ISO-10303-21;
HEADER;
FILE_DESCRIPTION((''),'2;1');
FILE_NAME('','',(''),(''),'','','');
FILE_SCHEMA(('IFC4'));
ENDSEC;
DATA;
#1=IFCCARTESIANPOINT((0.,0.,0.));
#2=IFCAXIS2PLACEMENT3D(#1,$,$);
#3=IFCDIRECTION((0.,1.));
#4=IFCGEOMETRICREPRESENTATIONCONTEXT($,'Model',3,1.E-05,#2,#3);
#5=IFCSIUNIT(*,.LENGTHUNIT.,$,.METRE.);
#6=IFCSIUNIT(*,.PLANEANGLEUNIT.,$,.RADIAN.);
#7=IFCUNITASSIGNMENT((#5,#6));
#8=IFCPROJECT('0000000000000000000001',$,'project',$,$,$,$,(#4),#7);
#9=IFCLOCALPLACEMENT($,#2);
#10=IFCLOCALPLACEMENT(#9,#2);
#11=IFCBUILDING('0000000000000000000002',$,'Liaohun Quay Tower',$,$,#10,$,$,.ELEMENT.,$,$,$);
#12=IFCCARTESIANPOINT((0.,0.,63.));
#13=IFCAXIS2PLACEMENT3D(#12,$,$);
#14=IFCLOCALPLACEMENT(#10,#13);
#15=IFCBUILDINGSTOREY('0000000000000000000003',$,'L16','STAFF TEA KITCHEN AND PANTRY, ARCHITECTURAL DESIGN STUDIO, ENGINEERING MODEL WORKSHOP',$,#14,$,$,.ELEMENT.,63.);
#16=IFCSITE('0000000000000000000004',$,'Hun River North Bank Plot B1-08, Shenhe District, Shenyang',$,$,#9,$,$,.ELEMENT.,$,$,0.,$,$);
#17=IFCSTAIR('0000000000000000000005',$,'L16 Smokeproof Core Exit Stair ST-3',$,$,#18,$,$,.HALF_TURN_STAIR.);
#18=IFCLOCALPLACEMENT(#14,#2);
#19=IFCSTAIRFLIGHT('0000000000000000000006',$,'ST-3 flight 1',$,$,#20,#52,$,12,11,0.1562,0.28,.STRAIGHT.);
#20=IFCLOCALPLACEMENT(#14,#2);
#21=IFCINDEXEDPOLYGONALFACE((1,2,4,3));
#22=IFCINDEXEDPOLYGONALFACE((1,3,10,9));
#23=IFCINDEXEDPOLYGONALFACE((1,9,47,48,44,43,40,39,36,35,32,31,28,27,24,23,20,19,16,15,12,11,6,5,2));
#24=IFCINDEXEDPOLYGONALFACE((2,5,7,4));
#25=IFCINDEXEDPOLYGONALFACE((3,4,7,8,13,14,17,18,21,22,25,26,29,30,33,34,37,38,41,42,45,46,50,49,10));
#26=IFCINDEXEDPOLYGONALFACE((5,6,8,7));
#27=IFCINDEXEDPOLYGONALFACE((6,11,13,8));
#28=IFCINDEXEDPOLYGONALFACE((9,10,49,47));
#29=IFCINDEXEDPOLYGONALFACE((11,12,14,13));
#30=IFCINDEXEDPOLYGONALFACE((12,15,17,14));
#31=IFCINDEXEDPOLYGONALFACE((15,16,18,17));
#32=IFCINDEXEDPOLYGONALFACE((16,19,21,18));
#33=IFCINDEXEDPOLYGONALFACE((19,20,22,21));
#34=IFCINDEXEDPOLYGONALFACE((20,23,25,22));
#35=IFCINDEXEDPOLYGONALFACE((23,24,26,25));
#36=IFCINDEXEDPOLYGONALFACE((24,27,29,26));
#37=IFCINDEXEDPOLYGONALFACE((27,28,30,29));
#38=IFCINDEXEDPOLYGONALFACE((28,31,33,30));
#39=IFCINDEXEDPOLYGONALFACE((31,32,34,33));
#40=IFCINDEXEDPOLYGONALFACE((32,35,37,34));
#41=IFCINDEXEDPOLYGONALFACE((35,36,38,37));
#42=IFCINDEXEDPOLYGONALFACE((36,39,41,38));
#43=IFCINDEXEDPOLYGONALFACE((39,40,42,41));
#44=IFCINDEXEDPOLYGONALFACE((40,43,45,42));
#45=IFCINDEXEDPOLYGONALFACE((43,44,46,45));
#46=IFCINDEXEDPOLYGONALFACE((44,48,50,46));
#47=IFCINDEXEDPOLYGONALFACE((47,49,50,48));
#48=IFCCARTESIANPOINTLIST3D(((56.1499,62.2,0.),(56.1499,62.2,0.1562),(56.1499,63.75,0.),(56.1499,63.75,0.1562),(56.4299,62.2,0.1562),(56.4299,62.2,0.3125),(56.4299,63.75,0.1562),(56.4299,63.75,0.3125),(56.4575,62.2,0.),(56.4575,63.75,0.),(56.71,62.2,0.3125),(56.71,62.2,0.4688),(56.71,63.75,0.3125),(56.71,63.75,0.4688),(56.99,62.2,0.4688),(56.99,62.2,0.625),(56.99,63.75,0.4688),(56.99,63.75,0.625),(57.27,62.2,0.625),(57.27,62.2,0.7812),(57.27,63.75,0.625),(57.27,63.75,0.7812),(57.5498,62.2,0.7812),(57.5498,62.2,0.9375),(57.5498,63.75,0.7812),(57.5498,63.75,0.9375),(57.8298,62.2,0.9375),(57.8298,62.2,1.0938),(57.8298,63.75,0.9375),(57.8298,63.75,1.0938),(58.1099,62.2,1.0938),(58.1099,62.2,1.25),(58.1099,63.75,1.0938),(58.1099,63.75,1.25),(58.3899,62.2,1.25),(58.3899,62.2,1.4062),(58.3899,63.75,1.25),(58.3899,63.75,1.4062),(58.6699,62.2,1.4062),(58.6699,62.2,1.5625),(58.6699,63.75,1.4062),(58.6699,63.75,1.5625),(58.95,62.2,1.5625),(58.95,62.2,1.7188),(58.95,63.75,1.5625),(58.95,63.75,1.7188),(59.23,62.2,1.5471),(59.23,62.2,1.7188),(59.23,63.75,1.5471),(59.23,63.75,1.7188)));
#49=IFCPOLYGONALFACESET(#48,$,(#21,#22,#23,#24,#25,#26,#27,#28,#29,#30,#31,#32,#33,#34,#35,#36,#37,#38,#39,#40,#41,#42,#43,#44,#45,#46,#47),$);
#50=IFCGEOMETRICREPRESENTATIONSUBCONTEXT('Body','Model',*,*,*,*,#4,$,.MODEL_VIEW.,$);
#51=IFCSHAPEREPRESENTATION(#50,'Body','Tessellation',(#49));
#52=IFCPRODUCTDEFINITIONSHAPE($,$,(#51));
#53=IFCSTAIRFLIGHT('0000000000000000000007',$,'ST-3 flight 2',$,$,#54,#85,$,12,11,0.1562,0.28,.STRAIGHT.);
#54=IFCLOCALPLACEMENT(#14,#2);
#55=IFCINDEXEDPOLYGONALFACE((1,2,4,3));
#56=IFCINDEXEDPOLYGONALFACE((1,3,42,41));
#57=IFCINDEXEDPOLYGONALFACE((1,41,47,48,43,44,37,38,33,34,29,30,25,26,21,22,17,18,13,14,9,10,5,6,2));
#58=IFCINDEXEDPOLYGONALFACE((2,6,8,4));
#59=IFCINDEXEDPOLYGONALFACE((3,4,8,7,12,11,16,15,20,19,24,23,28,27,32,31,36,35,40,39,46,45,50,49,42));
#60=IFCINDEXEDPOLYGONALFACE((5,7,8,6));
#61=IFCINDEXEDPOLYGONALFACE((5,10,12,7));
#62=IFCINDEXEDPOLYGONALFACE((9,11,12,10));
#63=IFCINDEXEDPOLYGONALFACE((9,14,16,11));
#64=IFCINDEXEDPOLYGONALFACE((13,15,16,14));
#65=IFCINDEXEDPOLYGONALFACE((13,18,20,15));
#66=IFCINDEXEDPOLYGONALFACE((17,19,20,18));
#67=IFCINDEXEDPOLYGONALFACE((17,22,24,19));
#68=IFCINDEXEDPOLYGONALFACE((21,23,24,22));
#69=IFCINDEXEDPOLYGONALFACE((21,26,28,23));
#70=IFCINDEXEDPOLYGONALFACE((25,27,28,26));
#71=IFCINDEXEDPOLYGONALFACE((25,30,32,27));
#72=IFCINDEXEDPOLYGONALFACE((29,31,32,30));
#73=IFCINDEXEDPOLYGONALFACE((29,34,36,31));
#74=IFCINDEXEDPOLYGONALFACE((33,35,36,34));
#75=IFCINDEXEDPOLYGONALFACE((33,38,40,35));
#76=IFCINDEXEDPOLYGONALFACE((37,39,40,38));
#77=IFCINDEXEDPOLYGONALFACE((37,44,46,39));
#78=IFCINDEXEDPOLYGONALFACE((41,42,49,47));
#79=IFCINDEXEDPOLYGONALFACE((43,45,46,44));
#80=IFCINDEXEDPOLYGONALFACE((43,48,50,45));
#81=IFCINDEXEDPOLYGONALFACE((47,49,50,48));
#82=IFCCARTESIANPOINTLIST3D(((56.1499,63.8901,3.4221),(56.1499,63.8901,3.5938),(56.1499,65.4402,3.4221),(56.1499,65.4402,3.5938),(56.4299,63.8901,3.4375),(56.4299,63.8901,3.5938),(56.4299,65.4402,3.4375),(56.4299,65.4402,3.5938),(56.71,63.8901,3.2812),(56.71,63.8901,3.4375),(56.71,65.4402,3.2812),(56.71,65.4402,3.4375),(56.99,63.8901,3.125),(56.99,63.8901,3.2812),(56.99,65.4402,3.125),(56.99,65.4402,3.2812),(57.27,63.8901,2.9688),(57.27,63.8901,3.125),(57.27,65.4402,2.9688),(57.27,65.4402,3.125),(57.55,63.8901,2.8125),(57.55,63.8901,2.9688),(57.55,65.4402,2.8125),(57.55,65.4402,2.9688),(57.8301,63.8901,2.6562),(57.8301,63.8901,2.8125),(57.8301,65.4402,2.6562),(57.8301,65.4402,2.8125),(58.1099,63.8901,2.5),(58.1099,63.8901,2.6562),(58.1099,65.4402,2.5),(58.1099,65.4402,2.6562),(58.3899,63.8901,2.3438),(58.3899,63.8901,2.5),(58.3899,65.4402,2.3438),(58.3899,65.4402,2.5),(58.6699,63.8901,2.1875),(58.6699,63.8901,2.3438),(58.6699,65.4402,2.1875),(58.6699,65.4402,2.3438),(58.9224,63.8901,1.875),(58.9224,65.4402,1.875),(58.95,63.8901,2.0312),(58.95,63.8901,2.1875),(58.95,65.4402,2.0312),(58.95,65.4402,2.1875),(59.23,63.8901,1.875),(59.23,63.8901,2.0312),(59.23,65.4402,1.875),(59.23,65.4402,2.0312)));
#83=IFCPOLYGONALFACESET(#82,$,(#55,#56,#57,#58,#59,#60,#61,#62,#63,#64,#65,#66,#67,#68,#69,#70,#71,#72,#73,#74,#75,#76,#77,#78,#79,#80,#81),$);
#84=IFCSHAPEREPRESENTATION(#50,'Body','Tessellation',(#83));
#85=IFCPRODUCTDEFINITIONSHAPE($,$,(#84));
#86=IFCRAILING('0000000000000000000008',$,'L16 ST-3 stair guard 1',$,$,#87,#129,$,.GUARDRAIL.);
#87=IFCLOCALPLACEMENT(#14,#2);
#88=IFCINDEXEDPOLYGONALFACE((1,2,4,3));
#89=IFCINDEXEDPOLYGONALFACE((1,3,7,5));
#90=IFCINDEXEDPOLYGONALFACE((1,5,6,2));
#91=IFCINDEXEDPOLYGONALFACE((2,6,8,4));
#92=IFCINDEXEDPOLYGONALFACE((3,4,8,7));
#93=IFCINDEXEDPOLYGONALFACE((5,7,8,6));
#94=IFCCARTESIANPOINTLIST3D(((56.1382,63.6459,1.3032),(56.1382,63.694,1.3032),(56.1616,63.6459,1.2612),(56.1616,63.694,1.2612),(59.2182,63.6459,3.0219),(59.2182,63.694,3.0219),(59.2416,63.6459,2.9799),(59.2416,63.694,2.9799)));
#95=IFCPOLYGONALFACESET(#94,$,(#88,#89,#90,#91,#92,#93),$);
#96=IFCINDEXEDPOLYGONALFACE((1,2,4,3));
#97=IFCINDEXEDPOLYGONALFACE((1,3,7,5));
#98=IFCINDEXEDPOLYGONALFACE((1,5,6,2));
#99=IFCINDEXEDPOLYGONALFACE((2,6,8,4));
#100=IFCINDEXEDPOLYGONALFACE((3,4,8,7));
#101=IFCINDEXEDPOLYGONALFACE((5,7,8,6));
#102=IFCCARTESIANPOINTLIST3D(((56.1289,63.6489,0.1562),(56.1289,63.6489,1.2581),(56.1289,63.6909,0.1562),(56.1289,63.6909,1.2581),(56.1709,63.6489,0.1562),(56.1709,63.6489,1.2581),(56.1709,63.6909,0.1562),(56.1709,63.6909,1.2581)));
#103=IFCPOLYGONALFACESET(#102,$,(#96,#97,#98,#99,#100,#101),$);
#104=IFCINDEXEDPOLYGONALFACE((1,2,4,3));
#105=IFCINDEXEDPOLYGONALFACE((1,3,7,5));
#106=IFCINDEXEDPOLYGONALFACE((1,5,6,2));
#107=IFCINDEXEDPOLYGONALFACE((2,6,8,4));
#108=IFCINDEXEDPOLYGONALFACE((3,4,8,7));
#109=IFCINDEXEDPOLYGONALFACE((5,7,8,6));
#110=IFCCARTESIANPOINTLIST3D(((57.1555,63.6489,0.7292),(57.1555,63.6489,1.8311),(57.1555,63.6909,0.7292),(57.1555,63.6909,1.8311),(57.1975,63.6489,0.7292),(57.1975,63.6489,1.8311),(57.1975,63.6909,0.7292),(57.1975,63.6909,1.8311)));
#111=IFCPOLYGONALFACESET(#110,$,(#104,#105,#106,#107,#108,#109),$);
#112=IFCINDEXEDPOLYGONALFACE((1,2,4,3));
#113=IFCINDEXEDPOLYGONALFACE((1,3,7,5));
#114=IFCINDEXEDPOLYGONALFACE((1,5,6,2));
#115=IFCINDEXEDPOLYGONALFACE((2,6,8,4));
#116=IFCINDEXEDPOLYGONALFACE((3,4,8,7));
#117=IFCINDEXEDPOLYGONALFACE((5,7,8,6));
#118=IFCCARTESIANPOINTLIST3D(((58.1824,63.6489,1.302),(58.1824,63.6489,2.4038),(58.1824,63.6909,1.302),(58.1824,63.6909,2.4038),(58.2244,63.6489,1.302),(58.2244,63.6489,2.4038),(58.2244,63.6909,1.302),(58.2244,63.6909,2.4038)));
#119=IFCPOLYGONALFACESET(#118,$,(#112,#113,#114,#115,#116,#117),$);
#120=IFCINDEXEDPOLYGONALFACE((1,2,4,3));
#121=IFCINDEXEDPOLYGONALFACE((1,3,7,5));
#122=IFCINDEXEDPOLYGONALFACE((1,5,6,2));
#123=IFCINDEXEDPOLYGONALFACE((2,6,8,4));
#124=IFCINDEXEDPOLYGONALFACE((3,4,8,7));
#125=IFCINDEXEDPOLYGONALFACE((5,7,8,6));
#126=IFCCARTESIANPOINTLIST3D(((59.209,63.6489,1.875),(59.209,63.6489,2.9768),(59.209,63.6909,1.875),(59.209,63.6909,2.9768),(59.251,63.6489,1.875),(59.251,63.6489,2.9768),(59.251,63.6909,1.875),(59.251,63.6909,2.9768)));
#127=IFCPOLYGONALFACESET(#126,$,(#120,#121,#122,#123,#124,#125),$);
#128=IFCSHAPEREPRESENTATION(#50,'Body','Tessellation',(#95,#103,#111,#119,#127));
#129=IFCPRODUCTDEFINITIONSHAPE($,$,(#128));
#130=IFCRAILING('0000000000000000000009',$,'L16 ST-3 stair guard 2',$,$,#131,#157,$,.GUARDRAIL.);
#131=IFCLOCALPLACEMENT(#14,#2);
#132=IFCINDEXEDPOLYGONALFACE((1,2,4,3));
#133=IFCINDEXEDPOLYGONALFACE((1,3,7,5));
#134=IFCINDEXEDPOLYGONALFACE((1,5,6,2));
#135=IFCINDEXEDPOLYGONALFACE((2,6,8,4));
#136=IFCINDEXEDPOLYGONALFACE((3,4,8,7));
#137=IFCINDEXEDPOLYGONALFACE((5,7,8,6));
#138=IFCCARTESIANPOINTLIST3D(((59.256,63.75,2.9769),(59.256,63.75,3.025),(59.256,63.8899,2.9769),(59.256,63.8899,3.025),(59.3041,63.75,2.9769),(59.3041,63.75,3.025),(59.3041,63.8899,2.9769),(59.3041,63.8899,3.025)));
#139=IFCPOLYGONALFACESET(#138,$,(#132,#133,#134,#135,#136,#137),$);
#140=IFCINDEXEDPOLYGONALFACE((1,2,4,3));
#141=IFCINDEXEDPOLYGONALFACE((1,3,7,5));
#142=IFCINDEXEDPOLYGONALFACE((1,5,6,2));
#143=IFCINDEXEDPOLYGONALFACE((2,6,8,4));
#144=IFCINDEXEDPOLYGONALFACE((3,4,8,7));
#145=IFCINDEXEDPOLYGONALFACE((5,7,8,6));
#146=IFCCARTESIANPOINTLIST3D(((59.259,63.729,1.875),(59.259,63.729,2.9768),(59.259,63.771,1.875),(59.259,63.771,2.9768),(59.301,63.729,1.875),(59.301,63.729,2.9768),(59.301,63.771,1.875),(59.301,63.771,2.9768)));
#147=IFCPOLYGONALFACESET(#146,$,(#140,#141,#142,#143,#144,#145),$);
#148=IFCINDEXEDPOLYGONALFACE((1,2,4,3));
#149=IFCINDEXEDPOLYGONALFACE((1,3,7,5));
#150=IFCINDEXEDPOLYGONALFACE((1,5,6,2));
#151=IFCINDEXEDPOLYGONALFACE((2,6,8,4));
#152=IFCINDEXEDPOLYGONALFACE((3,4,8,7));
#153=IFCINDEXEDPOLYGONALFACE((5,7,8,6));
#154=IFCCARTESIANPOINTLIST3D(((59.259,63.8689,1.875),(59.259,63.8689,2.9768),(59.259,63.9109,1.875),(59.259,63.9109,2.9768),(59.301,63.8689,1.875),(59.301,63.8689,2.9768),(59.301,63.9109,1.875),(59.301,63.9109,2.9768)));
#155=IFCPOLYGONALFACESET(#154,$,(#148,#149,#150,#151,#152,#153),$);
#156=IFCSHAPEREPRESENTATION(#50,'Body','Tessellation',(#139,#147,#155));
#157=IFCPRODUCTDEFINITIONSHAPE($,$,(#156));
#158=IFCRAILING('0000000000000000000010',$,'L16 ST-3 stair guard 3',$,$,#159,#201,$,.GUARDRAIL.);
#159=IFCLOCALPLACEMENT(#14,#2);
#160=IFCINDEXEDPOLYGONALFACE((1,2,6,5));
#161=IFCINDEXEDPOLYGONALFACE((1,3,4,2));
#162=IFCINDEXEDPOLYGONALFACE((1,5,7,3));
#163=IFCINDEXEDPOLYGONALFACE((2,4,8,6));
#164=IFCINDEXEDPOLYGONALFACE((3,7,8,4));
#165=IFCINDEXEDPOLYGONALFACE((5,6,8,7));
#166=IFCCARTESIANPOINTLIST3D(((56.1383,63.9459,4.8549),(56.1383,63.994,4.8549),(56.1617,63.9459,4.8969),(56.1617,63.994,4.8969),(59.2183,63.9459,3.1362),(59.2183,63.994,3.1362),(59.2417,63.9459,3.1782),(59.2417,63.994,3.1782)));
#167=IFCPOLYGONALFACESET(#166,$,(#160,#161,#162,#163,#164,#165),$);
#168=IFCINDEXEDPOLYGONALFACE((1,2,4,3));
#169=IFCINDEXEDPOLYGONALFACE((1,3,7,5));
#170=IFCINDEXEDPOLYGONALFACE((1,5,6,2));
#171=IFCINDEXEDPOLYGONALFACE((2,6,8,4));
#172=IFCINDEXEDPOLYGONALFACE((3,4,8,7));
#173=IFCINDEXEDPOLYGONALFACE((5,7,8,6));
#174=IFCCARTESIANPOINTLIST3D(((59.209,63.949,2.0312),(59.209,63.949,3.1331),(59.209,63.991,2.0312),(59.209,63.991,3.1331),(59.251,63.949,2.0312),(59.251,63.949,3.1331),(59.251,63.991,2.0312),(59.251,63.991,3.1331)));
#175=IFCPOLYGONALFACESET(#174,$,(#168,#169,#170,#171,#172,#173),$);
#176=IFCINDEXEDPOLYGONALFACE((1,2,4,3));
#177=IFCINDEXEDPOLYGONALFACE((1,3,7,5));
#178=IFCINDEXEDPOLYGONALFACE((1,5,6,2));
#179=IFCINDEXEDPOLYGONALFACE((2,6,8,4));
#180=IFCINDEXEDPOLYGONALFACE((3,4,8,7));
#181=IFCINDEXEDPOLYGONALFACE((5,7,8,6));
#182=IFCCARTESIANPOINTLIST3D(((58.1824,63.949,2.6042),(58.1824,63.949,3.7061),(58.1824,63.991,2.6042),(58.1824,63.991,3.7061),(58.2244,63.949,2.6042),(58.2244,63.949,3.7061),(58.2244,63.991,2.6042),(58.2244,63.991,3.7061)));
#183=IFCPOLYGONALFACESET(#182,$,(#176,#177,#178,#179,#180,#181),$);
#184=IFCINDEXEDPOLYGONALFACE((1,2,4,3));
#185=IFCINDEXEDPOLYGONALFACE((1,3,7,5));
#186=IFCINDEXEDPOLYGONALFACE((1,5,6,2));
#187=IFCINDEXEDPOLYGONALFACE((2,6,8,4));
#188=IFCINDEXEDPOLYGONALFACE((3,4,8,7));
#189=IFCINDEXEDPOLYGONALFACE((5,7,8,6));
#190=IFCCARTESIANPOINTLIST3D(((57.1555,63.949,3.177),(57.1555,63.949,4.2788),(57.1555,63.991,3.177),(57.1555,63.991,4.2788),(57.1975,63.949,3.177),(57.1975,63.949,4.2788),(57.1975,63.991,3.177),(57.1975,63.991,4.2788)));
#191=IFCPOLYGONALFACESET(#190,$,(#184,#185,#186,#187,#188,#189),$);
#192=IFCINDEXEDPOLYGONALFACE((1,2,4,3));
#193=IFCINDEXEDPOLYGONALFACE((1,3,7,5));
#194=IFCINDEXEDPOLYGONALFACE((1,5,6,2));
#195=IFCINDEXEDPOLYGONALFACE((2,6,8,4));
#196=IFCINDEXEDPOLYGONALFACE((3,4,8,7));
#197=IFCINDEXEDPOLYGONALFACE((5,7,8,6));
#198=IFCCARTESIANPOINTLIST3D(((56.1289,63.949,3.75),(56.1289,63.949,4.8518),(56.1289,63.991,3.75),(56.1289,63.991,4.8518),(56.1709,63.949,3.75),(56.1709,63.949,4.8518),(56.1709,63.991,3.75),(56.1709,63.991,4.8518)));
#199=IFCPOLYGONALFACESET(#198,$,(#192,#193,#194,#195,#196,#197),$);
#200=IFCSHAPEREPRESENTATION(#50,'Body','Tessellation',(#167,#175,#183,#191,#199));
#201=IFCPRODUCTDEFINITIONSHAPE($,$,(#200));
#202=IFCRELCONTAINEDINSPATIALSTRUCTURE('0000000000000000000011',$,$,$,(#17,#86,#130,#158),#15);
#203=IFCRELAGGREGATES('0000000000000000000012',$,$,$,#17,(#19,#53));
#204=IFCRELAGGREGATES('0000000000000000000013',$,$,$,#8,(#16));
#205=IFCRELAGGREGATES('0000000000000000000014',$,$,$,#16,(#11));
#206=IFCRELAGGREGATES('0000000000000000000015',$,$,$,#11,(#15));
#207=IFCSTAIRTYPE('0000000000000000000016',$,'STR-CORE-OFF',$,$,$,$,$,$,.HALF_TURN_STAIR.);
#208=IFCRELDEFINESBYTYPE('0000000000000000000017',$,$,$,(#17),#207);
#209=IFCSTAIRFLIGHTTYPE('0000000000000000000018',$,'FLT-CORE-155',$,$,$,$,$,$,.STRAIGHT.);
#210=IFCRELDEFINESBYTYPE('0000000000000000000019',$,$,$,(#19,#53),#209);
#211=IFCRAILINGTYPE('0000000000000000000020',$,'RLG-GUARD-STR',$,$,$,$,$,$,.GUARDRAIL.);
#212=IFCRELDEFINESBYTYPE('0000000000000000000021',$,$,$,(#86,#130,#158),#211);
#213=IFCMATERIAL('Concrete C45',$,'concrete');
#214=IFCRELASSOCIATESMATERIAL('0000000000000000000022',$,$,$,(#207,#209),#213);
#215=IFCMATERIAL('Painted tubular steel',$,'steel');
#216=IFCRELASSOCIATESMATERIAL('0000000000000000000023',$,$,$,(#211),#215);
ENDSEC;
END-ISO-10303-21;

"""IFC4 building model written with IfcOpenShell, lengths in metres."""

from ifc_helpers import new_model, si_unit, direction, frame, origin, origin_2d, place, context, subcontext, project, spatial, polyline, rectangle, outline, extrude, material, type_object, element, aggregate, save


model = new_model("IFC4")

# Units and contexts
model_context = context("Model", 3, precision=1e-05, world=origin(), true_north=direction((0.0, 1.0)))
body_context = subcontext(model_context, "Body", "Model", "MODEL_VIEW")
ifc_project = project(units=[si_unit("LENGTHUNIT", "METRE"), si_unit("PLANEANGLEUNIT", "RADIAN")], contexts=[model_context])

# Site, building, storey
site_placement = place(None, origin())
site = spatial("IfcSite", under=ifc_project, at=site_placement, Name="Hun River North Bank Plot B1-08, Shenhe District, Shenyang", CompositionType="ELEMENT", RefElevation=0.0)
building_placement = place(site_placement, origin())
building = spatial("IfcBuilding", under=site, at=building_placement, Name="Liaohun Quay Tower", CompositionType="ELEMENT")
storey_placement = place(building_placement, frame((0.0, 0.0, 63.0)))
storey = spatial("IfcBuildingStorey", under=building, at=storey_placement, Name="L16", Description="STAFF TEA KITCHEN AND PANTRY, ARCHITECTURAL DESIGN STUDIO, ENGINEERING MODEL WORKSHOP", CompositionType="ELEMENT", Elevation=63.0)

# Stair, stair flights
ifc_material_1 = material(Name="Concrete C45", Category="concrete")
stair_type = type_object("IfcStairType", Name="STR-CORE-OFF", PredefinedType="HALF_TURN_STAIR", material=ifc_material_1)
stair_placement = place(storey_placement, origin())
stair = element("IfcStair", 1, at=stair_placement, inside=storey, type_object=stair_type, Name="L16 Smokeproof Core Exit Stair ST-3", PredefinedType="HALF_TURN_STAIR")
stair_flight_type = type_object("IfcStairFlightType", Name="FLT-CORE-155", PredefinedType="STRAIGHT", material=ifc_material_1)
stair_flight_1_placement = place(storey_placement, frame((56.1499, 62.9751, 0.0), z_axis=(0.0, 0.0, 1.0), x_axis=(1.0, 0.0, 0.0)))
stair_flight_1 = element("IfcStairFlight", 2, at=stair_flight_1_placement, type_object=stair_flight_type, Name="ST-3 flight 1", NumberOfRisers=12, NumberOfTreads=11, PredefinedType="STRAIGHT", RiserHeight=0.1562, TreadLength=0.28, context=body_context, shape_type="SweptSolid", body=[
    extrude(outline(polyline([(0.0, 0.0), (0.0, 0.1562), (0.28, 0.1562), (0.28, 0.3125), (0.5601, 0.3125), (0.5601, 0.4688), (0.8401, 0.4688), (0.8401, 0.625), (1.1201, 0.625), (1.1201, 0.7812), (1.3999, 0.7812), (1.3999, 0.9375), (1.6799, 0.9375), (1.6799, 1.0938), (1.96, 1.0938), (1.96, 1.25), (2.24, 1.25), (2.24, 1.4062), (2.52, 1.4062), (2.52, 1.5625), (2.8, 1.5625), (2.8, 1.7188), (3.0801, 1.7188), (3.0801, 1.875), (3.0801, 1.5471), (0.3076, 0.0), (0.0, 0.0)])), frame((0.0, 0.7749, 0.0), z_axis=(0.0, -1.0, 0.0), x_axis=(1.0, 0.0, 0.0)), (0.0, 0.0, 1.0), 1.55),
])
stair_flight_2_placement = place(storey_placement, frame((59.23, 64.665, 1.875), z_axis=(0.0, 0.0, 1.0), x_axis=(-1.0, 0.0, 0.0)))
stair_flight_2 = element("IfcStairFlight", 3, at=stair_flight_2_placement, type_object=stair_flight_type, Name="ST-3 flight 2", NumberOfRisers=12, NumberOfTreads=11, PredefinedType="STRAIGHT", RiserHeight=0.1562, TreadLength=0.28, context=body_context, shape_type="SweptSolid", body=[
    extrude(outline(polyline([(0.0, 0.0), (0.0, 0.1562), (0.28, 0.1562), (0.28, 0.3125), (0.5601, 0.3125), (0.5601, 0.4688), (0.8401, 0.4688), (0.8401, 0.625), (1.1201, 0.625), (1.1201, 0.7812), (1.3999, 0.7812), (1.3999, 0.9375), (1.6799, 0.9375), (1.6799, 1.0938), (1.96, 1.0938), (1.96, 1.25), (2.24, 1.25), (2.24, 1.4062), (2.52, 1.4062), (2.52, 1.5625), (2.8, 1.5625), (2.8, 1.7188), (3.0801, 1.7188), (3.0801, 1.875), (3.0801, 1.5471), (0.3076, 0.0), (0.0, 0.0)])), frame((0.0, 0.7749, 0.0), z_axis=(0.0, -1.0, 0.0), x_axis=(1.0, 0.0, 0.0)), (0.0, 0.0, 1.0), 1.55),
])
aggregate(stair, [stair_flight_1, stair_flight_2])

# Railings
ifc_material_2 = material(Name="Painted tubular steel", Category="steel")
railing_type_1 = type_object("IfcRailingType", Name="RLG-GUARD-STR", PredefinedType="GUARDRAIL", material=ifc_material_2)
railing_1_placement = place(storey_placement, frame((56.1499, 63.6699, 0.1562)))
element("IfcRailing", 4, at=railing_1_placement, inside=storey, type_object=railing_type_1, Name="L16 ST-3 stair guard 1", PredefinedType="GUARDRAIL", context=body_context, shape_type="SweptSolid", body=[
    extrude(rectangle(XDim=0.0481, YDim=0.0481, at=origin_2d()), frame((0.0, 0.0, 1.126), z_axis=(0.873242, 0.0, 0.487288), x_axis=(0.0, 1.0, 0.0)), (0.0, 0.0, 1.0), 3.5271),
    extrude(rectangle(XDim=0.042, YDim=0.042, at=origin_2d()), origin(), (0.0, 0.0, 1.0), 1.1018),
    extrude(rectangle(XDim=0.042, YDim=0.042, at=origin_2d()), frame((1.0266, 0.0, 0.573)), (0.0, 0.0, 1.0), 1.1018),
    extrude(rectangle(XDim=0.042, YDim=0.042, at=origin_2d()), frame((2.0535, 0.0, 1.1458)), (0.0, 0.0, 1.0), 1.1018),
    extrude(rectangle(XDim=0.042, YDim=0.042, at=origin_2d()), frame((3.0801, 0.0, 1.7188)), (0.0, 0.0, 1.0), 1.1018),
])
railing_2_placement = place(storey_placement, frame((59.28, 63.75, 1.875)))
element("IfcRailing", 5, at=railing_2_placement, inside=storey, type_object=railing_type_1, Name="L16 ST-3 stair guard 2", PredefinedType="GUARDRAIL", context=body_context, shape_type="SweptSolid", body=[
    extrude(rectangle(XDim=0.0481, YDim=0.0481, at=origin_2d()), frame((0.0, 0.0, 1.126), z_axis=(0.0, 1.0, 0.0), x_axis=(-1.0, 0.0, 0.0)), (0.0, 0.0, 1.0), 0.1399),
    extrude(rectangle(XDim=0.042, YDim=0.042, at=origin_2d()), origin(), (0.0, 0.0, 1.0), 1.1018),
    extrude(rectangle(XDim=0.042, YDim=0.042, at=origin_2d()), frame((0.0, 0.1399, 0.0)), (0.0, 0.0, 1.0), 1.1018),
])
railing_3_placement = place(storey_placement, frame((59.23, 63.97, 2.0312)))
element("IfcRailing", 6, at=railing_3_placement, inside=storey, type_object=railing_type_1, Name="L16 ST-3 stair guard 3", PredefinedType="GUARDRAIL", context=body_context, shape_type="SweptSolid", body=[
    extrude(rectangle(XDim=0.0481, YDim=0.0481, at=origin_2d()), frame((0.0, 0.0, 1.126), z_axis=(-0.873242, 0.0, 0.487288), x_axis=(0.0, -1.0, 0.0)), (0.0, 0.0, 1.0), 3.5271),
    extrude(rectangle(XDim=0.042, YDim=0.042, at=origin_2d()), origin(), (0.0, 0.0, 1.0), 1.1018),
    extrude(rectangle(XDim=0.042, YDim=0.042, at=origin_2d()), frame((-1.0266, 0.0, 0.573)), (0.0, 0.0, 1.0), 1.1018),
    extrude(rectangle(XDim=0.042, YDim=0.042, at=origin_2d()), frame((-2.0535, 0.0, 1.1458)), (0.0, 0.0, 1.0), 1.1018),
    extrude(rectangle(XDim=0.042, YDim=0.042, at=origin_2d()), frame((-3.0801, 0.0, 1.7188)), (0.0, 0.0, 1.0), 1.1018),
])

save(model, "model.ifc")
